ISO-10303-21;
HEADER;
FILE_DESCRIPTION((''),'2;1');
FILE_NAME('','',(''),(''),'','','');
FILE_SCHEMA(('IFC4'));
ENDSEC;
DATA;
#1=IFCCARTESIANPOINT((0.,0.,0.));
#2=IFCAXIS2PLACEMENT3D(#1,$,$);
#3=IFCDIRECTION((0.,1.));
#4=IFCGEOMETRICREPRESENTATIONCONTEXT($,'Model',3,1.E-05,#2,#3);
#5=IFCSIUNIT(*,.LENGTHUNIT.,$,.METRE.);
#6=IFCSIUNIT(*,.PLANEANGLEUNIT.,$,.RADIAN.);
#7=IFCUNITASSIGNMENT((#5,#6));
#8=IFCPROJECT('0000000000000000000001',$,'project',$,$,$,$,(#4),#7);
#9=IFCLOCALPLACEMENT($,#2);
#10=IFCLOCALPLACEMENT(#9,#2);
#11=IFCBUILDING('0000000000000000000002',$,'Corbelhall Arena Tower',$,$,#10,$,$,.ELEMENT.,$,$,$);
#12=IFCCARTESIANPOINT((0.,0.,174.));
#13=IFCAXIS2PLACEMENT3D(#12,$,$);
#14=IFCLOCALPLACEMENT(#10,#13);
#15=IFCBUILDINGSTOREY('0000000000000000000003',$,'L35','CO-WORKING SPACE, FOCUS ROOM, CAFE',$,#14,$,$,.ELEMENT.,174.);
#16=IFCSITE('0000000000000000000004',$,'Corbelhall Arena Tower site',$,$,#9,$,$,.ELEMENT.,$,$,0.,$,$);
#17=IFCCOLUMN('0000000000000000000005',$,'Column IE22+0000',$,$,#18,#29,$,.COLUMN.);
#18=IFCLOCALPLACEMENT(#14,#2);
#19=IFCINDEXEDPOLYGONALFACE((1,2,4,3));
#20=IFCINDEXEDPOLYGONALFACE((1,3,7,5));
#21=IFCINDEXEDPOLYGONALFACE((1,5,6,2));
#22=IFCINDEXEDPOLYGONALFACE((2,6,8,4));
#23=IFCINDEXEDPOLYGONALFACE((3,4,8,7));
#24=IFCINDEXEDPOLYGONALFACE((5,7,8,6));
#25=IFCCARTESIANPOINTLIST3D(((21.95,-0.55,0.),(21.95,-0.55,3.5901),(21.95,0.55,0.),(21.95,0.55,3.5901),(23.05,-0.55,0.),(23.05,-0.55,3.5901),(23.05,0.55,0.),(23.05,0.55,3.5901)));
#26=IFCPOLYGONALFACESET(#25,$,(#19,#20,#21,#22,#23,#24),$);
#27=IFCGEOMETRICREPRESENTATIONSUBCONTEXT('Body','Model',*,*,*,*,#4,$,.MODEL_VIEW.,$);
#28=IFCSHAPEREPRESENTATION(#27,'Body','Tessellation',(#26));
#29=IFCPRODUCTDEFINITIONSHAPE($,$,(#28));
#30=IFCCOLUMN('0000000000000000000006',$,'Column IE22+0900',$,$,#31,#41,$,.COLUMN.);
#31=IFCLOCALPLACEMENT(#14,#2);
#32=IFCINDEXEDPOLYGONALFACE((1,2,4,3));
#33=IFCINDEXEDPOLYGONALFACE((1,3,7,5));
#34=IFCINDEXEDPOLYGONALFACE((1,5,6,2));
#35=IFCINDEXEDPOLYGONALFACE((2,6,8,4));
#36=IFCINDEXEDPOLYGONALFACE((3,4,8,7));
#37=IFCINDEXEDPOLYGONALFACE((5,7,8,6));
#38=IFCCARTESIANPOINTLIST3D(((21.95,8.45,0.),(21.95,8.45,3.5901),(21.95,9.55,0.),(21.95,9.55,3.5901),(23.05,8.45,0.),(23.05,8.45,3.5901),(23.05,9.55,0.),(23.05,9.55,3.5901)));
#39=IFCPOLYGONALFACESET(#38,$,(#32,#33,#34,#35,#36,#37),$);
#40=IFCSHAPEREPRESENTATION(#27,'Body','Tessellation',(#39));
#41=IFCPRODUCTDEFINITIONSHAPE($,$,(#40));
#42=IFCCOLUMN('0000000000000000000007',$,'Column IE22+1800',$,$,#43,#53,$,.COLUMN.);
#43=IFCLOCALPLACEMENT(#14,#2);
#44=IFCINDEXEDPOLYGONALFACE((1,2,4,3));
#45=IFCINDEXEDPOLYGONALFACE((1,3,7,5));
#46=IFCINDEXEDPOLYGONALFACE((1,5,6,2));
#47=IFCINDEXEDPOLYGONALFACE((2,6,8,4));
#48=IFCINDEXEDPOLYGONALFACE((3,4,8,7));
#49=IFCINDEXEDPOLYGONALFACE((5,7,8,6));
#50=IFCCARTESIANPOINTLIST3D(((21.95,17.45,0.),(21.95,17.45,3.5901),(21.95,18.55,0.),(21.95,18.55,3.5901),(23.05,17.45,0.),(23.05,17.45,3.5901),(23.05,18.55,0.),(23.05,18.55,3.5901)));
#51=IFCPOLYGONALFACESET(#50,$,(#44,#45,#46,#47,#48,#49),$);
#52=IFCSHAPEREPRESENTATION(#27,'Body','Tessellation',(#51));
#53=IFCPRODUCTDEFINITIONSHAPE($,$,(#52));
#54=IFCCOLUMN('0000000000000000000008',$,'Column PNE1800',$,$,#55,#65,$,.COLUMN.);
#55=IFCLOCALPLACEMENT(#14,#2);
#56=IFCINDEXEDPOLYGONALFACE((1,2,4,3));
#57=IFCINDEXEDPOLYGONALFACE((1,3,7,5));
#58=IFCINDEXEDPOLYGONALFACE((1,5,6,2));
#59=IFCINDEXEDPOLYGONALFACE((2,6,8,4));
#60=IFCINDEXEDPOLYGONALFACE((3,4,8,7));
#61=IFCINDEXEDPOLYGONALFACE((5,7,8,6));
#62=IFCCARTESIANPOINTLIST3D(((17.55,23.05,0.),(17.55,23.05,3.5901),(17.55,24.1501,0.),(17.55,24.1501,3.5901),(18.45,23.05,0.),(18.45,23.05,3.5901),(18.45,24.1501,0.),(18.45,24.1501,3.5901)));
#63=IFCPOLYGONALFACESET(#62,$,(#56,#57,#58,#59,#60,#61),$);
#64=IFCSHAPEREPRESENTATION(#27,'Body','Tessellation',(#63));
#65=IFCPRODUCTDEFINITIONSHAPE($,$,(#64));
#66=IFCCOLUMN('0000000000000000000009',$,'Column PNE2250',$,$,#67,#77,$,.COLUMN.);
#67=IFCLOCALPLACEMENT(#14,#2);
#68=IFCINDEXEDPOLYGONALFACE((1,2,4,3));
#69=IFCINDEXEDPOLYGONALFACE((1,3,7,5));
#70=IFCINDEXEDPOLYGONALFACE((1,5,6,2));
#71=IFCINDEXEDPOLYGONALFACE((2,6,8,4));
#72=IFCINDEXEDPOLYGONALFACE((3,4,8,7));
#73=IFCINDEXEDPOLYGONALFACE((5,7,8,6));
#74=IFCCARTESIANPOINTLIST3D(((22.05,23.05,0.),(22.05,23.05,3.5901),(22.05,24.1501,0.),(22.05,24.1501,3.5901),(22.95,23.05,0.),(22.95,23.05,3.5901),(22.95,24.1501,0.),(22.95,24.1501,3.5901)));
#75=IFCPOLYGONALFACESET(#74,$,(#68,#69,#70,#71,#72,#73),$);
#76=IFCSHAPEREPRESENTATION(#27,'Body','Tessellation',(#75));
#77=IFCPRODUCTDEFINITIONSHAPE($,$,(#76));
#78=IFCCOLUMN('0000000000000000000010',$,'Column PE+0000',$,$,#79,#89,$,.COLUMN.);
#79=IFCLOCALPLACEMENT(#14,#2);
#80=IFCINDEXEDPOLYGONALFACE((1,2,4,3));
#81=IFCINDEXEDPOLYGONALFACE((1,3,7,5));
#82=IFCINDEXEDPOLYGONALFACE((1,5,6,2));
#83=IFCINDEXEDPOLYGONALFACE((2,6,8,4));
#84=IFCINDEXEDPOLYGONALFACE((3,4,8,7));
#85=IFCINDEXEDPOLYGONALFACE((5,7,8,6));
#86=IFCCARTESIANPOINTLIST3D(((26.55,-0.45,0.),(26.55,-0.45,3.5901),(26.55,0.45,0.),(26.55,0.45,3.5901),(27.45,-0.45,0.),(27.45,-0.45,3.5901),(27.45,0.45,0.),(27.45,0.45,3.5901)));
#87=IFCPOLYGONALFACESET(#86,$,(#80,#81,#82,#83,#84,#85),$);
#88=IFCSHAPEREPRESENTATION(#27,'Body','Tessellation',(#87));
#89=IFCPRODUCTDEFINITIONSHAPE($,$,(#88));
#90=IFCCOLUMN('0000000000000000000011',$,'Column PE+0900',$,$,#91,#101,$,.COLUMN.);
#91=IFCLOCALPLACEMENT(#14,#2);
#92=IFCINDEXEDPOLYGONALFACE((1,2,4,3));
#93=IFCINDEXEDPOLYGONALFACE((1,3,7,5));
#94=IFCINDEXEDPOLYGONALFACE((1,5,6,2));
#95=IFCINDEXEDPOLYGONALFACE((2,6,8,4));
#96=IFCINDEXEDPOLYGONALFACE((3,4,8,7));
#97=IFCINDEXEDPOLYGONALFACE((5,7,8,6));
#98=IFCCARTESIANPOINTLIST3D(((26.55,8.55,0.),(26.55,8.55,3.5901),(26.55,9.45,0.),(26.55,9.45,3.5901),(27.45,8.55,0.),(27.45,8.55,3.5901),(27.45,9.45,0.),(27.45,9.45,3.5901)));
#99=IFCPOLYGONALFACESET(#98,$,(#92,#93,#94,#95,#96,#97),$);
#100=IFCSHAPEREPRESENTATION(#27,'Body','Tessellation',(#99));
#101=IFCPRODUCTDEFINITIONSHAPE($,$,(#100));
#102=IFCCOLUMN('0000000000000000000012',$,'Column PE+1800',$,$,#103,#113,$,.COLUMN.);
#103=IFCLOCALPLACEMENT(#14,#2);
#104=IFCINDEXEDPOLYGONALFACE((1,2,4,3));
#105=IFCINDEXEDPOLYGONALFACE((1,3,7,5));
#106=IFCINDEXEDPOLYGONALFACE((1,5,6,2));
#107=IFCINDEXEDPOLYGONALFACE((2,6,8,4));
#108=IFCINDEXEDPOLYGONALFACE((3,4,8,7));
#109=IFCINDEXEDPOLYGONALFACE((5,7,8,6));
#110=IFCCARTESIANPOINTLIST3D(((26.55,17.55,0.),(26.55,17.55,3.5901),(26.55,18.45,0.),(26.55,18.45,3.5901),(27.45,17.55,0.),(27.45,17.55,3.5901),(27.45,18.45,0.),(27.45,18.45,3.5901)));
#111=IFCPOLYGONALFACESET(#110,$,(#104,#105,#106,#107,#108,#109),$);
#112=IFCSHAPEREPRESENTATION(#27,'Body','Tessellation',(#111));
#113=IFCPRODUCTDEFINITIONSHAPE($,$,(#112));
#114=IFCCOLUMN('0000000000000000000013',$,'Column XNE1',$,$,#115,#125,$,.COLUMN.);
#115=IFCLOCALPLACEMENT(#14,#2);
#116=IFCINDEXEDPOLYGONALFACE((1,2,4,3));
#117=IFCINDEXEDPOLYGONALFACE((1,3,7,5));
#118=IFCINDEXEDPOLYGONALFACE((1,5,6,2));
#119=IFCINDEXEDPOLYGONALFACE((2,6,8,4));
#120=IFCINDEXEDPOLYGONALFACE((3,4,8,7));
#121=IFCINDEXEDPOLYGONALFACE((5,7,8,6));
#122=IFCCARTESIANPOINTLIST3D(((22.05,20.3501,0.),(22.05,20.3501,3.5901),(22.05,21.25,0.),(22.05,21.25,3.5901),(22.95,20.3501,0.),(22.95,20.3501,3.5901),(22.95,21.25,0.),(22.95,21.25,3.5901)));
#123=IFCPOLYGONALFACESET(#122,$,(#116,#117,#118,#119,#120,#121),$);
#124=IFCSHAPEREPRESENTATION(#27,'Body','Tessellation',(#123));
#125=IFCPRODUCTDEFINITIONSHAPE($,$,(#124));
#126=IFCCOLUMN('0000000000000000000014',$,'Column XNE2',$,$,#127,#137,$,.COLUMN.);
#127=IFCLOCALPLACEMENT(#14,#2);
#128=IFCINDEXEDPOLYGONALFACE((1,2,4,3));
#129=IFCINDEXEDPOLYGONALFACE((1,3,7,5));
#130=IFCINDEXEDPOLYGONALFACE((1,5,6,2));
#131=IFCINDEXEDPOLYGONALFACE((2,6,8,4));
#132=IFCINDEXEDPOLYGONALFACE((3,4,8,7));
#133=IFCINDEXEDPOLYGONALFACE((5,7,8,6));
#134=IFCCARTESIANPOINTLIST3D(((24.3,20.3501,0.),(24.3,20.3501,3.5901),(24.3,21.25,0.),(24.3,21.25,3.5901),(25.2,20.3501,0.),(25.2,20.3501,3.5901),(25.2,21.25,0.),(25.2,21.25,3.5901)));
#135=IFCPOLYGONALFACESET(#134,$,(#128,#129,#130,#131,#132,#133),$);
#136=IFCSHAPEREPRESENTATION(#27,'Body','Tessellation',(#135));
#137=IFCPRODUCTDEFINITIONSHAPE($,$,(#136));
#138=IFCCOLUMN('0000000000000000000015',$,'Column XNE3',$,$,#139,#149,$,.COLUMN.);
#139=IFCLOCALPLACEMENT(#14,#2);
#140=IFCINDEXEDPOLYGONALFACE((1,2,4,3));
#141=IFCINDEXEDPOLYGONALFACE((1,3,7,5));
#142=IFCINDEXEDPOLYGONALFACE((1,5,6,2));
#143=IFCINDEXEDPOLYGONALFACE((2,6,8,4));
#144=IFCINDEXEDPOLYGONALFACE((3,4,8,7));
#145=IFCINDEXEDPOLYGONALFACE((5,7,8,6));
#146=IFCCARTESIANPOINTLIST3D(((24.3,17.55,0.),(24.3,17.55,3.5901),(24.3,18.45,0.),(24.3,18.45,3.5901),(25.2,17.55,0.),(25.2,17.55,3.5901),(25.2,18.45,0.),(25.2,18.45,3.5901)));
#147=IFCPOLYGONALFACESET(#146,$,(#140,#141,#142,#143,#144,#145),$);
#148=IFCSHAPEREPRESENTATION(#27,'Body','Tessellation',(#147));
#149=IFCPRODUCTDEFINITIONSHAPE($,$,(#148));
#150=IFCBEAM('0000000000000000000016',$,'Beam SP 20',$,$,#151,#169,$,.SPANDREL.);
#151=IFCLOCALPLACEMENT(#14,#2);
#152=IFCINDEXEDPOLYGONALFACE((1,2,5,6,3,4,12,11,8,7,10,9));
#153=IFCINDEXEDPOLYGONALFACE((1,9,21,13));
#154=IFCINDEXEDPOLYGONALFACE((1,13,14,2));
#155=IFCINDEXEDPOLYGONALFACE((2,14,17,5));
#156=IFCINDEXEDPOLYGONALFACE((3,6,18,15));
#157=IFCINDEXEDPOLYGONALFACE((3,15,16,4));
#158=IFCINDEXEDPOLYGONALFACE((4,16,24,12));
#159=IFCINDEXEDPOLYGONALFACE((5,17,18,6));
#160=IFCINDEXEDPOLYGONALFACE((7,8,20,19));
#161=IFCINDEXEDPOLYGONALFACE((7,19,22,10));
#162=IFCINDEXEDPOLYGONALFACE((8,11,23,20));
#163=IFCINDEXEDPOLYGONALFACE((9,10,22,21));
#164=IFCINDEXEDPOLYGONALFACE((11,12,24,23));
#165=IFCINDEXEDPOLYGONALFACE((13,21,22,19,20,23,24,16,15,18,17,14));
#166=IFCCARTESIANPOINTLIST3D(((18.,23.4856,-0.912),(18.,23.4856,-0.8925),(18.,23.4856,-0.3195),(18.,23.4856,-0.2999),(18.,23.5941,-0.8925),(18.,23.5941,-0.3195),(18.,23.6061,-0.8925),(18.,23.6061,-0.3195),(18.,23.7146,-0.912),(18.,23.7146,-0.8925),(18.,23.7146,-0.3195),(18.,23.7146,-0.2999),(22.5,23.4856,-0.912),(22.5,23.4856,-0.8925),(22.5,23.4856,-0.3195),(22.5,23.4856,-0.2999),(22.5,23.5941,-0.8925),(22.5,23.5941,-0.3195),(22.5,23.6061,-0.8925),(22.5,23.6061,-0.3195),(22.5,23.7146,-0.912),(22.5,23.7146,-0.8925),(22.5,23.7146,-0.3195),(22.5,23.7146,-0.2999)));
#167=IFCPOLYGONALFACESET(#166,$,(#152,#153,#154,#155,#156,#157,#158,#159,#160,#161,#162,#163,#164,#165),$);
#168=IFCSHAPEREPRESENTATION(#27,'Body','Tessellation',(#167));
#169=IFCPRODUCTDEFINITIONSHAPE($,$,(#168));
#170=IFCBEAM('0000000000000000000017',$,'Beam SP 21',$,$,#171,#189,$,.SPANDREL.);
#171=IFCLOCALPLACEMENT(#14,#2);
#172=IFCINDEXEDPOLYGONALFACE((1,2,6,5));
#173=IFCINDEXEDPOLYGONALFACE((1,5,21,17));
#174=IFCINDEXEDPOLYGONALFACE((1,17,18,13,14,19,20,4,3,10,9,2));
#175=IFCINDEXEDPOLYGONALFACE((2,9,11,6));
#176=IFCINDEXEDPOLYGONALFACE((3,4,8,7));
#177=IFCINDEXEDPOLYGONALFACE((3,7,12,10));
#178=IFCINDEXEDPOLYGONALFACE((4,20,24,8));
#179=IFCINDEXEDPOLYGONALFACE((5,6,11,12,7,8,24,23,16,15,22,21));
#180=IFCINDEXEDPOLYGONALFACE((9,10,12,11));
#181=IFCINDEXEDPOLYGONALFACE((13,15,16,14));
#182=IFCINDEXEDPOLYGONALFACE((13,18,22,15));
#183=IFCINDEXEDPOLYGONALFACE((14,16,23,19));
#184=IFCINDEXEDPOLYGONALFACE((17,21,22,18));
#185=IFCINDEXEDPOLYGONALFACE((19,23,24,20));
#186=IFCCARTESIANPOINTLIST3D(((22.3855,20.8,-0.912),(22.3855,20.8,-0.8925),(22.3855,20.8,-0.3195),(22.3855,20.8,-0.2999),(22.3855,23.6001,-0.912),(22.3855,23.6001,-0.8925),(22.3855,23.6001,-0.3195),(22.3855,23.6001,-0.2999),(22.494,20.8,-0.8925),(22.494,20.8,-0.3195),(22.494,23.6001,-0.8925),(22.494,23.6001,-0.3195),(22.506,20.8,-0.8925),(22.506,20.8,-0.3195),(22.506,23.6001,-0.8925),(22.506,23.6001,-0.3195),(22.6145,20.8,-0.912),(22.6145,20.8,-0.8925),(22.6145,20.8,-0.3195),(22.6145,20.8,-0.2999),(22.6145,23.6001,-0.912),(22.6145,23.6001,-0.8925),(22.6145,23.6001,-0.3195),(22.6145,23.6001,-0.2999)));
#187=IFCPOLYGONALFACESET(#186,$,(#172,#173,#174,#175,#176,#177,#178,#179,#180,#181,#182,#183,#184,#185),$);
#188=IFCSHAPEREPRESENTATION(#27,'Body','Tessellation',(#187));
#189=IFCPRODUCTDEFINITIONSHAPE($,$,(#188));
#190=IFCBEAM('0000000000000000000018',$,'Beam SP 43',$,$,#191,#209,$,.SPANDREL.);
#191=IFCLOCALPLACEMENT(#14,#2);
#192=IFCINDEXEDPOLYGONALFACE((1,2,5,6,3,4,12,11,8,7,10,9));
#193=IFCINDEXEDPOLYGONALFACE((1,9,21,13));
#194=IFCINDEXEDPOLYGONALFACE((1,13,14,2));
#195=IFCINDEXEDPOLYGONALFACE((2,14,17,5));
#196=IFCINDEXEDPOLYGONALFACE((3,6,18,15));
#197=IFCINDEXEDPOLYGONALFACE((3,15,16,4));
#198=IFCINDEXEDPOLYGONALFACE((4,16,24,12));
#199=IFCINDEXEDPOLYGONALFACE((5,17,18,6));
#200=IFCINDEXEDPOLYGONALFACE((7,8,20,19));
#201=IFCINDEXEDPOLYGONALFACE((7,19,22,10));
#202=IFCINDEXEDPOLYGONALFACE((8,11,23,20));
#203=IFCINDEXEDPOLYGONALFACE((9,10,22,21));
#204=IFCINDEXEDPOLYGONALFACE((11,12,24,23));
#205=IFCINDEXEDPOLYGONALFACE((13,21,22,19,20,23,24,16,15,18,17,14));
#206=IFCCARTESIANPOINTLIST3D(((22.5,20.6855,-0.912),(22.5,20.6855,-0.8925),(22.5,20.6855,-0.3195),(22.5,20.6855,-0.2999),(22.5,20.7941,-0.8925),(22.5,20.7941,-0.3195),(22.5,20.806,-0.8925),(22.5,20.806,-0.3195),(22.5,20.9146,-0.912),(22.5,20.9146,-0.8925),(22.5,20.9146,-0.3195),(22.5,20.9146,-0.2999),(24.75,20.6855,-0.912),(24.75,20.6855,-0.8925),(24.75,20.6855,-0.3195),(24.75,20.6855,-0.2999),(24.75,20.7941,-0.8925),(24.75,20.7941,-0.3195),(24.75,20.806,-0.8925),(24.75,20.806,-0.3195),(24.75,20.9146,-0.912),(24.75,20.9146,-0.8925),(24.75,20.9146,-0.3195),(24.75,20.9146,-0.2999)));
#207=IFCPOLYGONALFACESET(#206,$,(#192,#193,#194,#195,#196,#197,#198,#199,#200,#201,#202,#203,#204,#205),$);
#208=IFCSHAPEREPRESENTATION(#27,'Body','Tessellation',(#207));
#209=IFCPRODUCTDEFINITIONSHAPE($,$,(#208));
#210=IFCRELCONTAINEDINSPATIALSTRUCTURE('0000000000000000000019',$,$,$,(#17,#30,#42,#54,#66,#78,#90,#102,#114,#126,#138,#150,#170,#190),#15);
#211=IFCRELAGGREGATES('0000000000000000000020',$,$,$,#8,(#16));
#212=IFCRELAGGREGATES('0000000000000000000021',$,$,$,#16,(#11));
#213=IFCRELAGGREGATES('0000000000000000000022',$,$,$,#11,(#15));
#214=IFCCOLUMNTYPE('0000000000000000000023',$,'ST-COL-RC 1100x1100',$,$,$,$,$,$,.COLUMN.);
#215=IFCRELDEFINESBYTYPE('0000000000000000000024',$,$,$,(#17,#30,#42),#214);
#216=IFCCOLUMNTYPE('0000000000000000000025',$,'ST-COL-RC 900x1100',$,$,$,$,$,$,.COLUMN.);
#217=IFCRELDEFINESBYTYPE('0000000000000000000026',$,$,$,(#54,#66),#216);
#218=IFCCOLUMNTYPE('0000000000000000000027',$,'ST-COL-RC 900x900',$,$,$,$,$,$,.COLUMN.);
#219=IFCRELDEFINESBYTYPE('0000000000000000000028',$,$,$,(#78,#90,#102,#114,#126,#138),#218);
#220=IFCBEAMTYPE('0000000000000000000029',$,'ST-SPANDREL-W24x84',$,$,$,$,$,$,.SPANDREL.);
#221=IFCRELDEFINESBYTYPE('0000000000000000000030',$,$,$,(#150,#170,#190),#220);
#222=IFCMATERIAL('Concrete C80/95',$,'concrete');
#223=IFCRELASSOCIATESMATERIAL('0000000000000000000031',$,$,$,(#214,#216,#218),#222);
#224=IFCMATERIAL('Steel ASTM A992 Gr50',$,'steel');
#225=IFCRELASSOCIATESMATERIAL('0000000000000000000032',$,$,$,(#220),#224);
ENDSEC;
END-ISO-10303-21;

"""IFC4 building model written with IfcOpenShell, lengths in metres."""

from ifc_helpers import new_model, si_unit, direction, frame, origin, origin_2d, place, context, subcontext, project, spatial, rectangle, i_section, extrude, material, material_profile, profile_set, type_object, element, save


model = new_model("IFC4")

# Units and contexts
model_context = context("Model", 3, precision=1e-05, world=origin(), true_north=direction((0.0, 1.0)))
body_context = subcontext(model_context, "Body", "Model", "MODEL_VIEW")
ifc_project = project(units=[si_unit("LENGTHUNIT", "METRE"), si_unit("PLANEANGLEUNIT", "RADIAN")], contexts=[model_context])

# Site, building, storey
site_placement = place(None, origin())
site = spatial("IfcSite", under=ifc_project, at=site_placement, Name="Corbelhall Arena Tower site", CompositionType="ELEMENT", RefElevation=0.0)
building_placement = place(site_placement, origin())
building = spatial("IfcBuilding", under=site, at=building_placement, Name="Corbelhall Arena Tower", CompositionType="ELEMENT")
storey_placement = place(building_placement, frame((0.0, 0.0, 174.0)))
storey = spatial("IfcBuildingStorey", under=building, at=storey_placement, Name="L35", Description="CO-WORKING SPACE, FOCUS ROOM, CAFE", CompositionType="ELEMENT", Elevation=174.0)

# Columns
ifc_material_1 = material(Name="Concrete C80/95", Category="concrete")
ifc_material_profile_1 = material_profile(ifc_material_1, rectangle(XDim=1.1001, YDim=1.1001, at=origin_2d()))
ifc_profile_set_1 = profile_set([ifc_material_profile_1], Name="Concrete C80/95")
column_type_1 = type_object("IfcColumnType", Name="ST-COL-RC 1100x1100", PredefinedType="COLUMN", material=ifc_profile_set_1)
for number, where, z_axis, x_axis, name in (
    (1, (22.5, 0.0, 0.0), (0.0, 0.0, 1.0), (1.0, 0.0, 0.0), "Column IE22+0000"),
    (2, (22.5, 9.0, 0.0), (0.0, 0.0, 1.0), (1.0, 0.0, 0.0), "Column IE22+0900"),
    (3, (22.5, 18.0, 0.0), (0.0, 0.0, 1.0), (1.0, 0.0, 0.0), "Column IE22+1800"),
):
    element("IfcColumn", number, at=place(storey_placement, frame(where, z_axis=z_axis, x_axis=x_axis)), inside=storey, type_object=column_type_1, Name=name, PredefinedType="COLUMN", context=body_context, shape_type="SweptSolid", body=[
        extrude(rectangle(XDim=1.1001, YDim=1.1001, at=origin_2d()), origin(), (0.0, 0.0, 1.0), 3.5901),
    ])
ifc_material_profile_2 = material_profile(ifc_material_1, rectangle(XDim=0.8999, YDim=1.1001, at=origin_2d()))
ifc_profile_set_2 = profile_set([ifc_material_profile_2], Name="Concrete C80/95")
column_type_2 = type_object("IfcColumnType", Name="ST-COL-RC 900x1100", PredefinedType="COLUMN", material=ifc_profile_set_2)
for number, where, z_axis, x_axis, name in (
    (4, (18.0, 23.6001, 0.0), (0.0, 0.0, 1.0), (1.0, 0.0, 0.0), "Column PNE1800"),
    (5, (22.5, 23.6001, 0.0), (0.0, 0.0, 1.0), (1.0, 0.0, 0.0), "Column PNE2250"),
):
    element("IfcColumn", number, at=place(storey_placement, frame(where, z_axis=z_axis, x_axis=x_axis)), inside=storey, type_object=column_type_2, Name=name, PredefinedType="COLUMN", context=body_context, shape_type="SweptSolid", body=[
        extrude(rectangle(XDim=0.8999, YDim=1.1001, at=origin_2d()), origin(), (0.0, 0.0, 1.0), 3.5901),
    ])
ifc_material_profile_3 = material_profile(ifc_material_1, rectangle(XDim=0.8999, YDim=0.8999, at=origin_2d()))
ifc_profile_set_3 = profile_set([ifc_material_profile_3], Name="Concrete C80/95")
column_type_3 = type_object("IfcColumnType", Name="ST-COL-RC 900x900", PredefinedType="COLUMN", material=ifc_profile_set_3)
for number, where, z_axis, x_axis, name in (
    (6, (27.0, 0.0, 0.0), (0.0, 0.0, 1.0), (1.0, 0.0, 0.0), "Column PE+0000"),
    (7, (27.0, 9.0, 0.0), (0.0, 0.0, 1.0), (1.0, 0.0, 0.0), "Column PE+0900"),
    (8, (27.0, 18.0, 0.0), (0.0, 0.0, 1.0), (1.0, 0.0, 0.0), "Column PE+1800"),
    (9, (22.5, 20.8, 0.0), (0.0, 0.0, 1.0), (1.0, 0.0, 0.0), "Column XNE1"),
    (10, (24.75, 20.8, 0.0), (0.0, 0.0, 1.0), (1.0, 0.0, 0.0), "Column XNE2"),
    (11, (24.75, 18.0, 0.0), (0.0, 0.0, 1.0), (1.0, 0.0, 0.0), "Column XNE3"),
):
    element("IfcColumn", number, at=place(storey_placement, frame(where, z_axis=z_axis, x_axis=x_axis)), inside=storey, type_object=column_type_3, Name=name, PredefinedType="COLUMN", context=body_context, shape_type="SweptSolid", body=[
        extrude(rectangle(XDim=0.8999, YDim=0.8999, at=origin_2d()), origin(), (0.0, 0.0, 1.0), 3.5901),
    ])

# Beams
ifc_material_2 = material(Name="Steel ASTM A992 Gr50", Category="steel")
ifc_material_profile_4 = material_profile(ifc_material_2, i_section(OverallWidth=0.229, OverallDepth=0.6121, WebThickness=0.012, FlangeThickness=0.0195, at=origin_2d()))
ifc_profile_set_4 = profile_set([ifc_material_profile_4], Name="Steel ASTM A992 Gr50")
beam_type = type_object("IfcBeamType", Name="ST-SPANDREL-W24x84", PredefinedType="SPANDREL", material=ifc_profile_set_4)
beam_1_placement = place(storey_placement, frame((18.0, 23.6001, -0.606), z_axis=(1.0, 0.0, 0.0), x_axis=(0.0, 1.0, 0.0)))
element("IfcBeam", 12, at=beam_1_placement, inside=storey, type_object=beam_type, Name="Beam SP 20", PredefinedType="SPANDREL", context=body_context, shape_type="SweptSolid", body=[
    extrude(i_section(OverallWidth=0.229, OverallDepth=0.6121, WebThickness=0.012, FlangeThickness=0.0195, at=origin_2d()), origin(), (0.0, 0.0, 1.0), 4.5),
])
beam_2_placement = place(storey_placement, frame((22.5, 23.6001, -0.606), z_axis=(0.0, -1.0, 0.0), x_axis=(1.0, 0.0, 0.0)))
element("IfcBeam", 13, at=beam_2_placement, inside=storey, type_object=beam_type, Name="Beam SP 21", PredefinedType="SPANDREL", context=body_context, shape_type="SweptSolid", body=[
    extrude(i_section(OverallWidth=0.229, OverallDepth=0.6121, WebThickness=0.012, FlangeThickness=0.0195, at=origin_2d()), origin(), (0.0, 0.0, 1.0), 2.8),
])
beam_3_placement = place(storey_placement, frame((22.5, 20.8, -0.606), z_axis=(1.0, 0.0, 0.0), x_axis=(0.0, 1.0, 0.0)))
element("IfcBeam", 14, at=beam_3_placement, inside=storey, type_object=beam_type, Name="Beam SP 43", PredefinedType="SPANDREL", context=body_context, shape_type="SweptSolid", body=[
    extrude(i_section(OverallWidth=0.229, OverallDepth=0.6121, WebThickness=0.012, FlangeThickness=0.0195, at=origin_2d()), origin(), (0.0, 0.0, 1.0), 2.25),
])

save(model, "model.ifc")
